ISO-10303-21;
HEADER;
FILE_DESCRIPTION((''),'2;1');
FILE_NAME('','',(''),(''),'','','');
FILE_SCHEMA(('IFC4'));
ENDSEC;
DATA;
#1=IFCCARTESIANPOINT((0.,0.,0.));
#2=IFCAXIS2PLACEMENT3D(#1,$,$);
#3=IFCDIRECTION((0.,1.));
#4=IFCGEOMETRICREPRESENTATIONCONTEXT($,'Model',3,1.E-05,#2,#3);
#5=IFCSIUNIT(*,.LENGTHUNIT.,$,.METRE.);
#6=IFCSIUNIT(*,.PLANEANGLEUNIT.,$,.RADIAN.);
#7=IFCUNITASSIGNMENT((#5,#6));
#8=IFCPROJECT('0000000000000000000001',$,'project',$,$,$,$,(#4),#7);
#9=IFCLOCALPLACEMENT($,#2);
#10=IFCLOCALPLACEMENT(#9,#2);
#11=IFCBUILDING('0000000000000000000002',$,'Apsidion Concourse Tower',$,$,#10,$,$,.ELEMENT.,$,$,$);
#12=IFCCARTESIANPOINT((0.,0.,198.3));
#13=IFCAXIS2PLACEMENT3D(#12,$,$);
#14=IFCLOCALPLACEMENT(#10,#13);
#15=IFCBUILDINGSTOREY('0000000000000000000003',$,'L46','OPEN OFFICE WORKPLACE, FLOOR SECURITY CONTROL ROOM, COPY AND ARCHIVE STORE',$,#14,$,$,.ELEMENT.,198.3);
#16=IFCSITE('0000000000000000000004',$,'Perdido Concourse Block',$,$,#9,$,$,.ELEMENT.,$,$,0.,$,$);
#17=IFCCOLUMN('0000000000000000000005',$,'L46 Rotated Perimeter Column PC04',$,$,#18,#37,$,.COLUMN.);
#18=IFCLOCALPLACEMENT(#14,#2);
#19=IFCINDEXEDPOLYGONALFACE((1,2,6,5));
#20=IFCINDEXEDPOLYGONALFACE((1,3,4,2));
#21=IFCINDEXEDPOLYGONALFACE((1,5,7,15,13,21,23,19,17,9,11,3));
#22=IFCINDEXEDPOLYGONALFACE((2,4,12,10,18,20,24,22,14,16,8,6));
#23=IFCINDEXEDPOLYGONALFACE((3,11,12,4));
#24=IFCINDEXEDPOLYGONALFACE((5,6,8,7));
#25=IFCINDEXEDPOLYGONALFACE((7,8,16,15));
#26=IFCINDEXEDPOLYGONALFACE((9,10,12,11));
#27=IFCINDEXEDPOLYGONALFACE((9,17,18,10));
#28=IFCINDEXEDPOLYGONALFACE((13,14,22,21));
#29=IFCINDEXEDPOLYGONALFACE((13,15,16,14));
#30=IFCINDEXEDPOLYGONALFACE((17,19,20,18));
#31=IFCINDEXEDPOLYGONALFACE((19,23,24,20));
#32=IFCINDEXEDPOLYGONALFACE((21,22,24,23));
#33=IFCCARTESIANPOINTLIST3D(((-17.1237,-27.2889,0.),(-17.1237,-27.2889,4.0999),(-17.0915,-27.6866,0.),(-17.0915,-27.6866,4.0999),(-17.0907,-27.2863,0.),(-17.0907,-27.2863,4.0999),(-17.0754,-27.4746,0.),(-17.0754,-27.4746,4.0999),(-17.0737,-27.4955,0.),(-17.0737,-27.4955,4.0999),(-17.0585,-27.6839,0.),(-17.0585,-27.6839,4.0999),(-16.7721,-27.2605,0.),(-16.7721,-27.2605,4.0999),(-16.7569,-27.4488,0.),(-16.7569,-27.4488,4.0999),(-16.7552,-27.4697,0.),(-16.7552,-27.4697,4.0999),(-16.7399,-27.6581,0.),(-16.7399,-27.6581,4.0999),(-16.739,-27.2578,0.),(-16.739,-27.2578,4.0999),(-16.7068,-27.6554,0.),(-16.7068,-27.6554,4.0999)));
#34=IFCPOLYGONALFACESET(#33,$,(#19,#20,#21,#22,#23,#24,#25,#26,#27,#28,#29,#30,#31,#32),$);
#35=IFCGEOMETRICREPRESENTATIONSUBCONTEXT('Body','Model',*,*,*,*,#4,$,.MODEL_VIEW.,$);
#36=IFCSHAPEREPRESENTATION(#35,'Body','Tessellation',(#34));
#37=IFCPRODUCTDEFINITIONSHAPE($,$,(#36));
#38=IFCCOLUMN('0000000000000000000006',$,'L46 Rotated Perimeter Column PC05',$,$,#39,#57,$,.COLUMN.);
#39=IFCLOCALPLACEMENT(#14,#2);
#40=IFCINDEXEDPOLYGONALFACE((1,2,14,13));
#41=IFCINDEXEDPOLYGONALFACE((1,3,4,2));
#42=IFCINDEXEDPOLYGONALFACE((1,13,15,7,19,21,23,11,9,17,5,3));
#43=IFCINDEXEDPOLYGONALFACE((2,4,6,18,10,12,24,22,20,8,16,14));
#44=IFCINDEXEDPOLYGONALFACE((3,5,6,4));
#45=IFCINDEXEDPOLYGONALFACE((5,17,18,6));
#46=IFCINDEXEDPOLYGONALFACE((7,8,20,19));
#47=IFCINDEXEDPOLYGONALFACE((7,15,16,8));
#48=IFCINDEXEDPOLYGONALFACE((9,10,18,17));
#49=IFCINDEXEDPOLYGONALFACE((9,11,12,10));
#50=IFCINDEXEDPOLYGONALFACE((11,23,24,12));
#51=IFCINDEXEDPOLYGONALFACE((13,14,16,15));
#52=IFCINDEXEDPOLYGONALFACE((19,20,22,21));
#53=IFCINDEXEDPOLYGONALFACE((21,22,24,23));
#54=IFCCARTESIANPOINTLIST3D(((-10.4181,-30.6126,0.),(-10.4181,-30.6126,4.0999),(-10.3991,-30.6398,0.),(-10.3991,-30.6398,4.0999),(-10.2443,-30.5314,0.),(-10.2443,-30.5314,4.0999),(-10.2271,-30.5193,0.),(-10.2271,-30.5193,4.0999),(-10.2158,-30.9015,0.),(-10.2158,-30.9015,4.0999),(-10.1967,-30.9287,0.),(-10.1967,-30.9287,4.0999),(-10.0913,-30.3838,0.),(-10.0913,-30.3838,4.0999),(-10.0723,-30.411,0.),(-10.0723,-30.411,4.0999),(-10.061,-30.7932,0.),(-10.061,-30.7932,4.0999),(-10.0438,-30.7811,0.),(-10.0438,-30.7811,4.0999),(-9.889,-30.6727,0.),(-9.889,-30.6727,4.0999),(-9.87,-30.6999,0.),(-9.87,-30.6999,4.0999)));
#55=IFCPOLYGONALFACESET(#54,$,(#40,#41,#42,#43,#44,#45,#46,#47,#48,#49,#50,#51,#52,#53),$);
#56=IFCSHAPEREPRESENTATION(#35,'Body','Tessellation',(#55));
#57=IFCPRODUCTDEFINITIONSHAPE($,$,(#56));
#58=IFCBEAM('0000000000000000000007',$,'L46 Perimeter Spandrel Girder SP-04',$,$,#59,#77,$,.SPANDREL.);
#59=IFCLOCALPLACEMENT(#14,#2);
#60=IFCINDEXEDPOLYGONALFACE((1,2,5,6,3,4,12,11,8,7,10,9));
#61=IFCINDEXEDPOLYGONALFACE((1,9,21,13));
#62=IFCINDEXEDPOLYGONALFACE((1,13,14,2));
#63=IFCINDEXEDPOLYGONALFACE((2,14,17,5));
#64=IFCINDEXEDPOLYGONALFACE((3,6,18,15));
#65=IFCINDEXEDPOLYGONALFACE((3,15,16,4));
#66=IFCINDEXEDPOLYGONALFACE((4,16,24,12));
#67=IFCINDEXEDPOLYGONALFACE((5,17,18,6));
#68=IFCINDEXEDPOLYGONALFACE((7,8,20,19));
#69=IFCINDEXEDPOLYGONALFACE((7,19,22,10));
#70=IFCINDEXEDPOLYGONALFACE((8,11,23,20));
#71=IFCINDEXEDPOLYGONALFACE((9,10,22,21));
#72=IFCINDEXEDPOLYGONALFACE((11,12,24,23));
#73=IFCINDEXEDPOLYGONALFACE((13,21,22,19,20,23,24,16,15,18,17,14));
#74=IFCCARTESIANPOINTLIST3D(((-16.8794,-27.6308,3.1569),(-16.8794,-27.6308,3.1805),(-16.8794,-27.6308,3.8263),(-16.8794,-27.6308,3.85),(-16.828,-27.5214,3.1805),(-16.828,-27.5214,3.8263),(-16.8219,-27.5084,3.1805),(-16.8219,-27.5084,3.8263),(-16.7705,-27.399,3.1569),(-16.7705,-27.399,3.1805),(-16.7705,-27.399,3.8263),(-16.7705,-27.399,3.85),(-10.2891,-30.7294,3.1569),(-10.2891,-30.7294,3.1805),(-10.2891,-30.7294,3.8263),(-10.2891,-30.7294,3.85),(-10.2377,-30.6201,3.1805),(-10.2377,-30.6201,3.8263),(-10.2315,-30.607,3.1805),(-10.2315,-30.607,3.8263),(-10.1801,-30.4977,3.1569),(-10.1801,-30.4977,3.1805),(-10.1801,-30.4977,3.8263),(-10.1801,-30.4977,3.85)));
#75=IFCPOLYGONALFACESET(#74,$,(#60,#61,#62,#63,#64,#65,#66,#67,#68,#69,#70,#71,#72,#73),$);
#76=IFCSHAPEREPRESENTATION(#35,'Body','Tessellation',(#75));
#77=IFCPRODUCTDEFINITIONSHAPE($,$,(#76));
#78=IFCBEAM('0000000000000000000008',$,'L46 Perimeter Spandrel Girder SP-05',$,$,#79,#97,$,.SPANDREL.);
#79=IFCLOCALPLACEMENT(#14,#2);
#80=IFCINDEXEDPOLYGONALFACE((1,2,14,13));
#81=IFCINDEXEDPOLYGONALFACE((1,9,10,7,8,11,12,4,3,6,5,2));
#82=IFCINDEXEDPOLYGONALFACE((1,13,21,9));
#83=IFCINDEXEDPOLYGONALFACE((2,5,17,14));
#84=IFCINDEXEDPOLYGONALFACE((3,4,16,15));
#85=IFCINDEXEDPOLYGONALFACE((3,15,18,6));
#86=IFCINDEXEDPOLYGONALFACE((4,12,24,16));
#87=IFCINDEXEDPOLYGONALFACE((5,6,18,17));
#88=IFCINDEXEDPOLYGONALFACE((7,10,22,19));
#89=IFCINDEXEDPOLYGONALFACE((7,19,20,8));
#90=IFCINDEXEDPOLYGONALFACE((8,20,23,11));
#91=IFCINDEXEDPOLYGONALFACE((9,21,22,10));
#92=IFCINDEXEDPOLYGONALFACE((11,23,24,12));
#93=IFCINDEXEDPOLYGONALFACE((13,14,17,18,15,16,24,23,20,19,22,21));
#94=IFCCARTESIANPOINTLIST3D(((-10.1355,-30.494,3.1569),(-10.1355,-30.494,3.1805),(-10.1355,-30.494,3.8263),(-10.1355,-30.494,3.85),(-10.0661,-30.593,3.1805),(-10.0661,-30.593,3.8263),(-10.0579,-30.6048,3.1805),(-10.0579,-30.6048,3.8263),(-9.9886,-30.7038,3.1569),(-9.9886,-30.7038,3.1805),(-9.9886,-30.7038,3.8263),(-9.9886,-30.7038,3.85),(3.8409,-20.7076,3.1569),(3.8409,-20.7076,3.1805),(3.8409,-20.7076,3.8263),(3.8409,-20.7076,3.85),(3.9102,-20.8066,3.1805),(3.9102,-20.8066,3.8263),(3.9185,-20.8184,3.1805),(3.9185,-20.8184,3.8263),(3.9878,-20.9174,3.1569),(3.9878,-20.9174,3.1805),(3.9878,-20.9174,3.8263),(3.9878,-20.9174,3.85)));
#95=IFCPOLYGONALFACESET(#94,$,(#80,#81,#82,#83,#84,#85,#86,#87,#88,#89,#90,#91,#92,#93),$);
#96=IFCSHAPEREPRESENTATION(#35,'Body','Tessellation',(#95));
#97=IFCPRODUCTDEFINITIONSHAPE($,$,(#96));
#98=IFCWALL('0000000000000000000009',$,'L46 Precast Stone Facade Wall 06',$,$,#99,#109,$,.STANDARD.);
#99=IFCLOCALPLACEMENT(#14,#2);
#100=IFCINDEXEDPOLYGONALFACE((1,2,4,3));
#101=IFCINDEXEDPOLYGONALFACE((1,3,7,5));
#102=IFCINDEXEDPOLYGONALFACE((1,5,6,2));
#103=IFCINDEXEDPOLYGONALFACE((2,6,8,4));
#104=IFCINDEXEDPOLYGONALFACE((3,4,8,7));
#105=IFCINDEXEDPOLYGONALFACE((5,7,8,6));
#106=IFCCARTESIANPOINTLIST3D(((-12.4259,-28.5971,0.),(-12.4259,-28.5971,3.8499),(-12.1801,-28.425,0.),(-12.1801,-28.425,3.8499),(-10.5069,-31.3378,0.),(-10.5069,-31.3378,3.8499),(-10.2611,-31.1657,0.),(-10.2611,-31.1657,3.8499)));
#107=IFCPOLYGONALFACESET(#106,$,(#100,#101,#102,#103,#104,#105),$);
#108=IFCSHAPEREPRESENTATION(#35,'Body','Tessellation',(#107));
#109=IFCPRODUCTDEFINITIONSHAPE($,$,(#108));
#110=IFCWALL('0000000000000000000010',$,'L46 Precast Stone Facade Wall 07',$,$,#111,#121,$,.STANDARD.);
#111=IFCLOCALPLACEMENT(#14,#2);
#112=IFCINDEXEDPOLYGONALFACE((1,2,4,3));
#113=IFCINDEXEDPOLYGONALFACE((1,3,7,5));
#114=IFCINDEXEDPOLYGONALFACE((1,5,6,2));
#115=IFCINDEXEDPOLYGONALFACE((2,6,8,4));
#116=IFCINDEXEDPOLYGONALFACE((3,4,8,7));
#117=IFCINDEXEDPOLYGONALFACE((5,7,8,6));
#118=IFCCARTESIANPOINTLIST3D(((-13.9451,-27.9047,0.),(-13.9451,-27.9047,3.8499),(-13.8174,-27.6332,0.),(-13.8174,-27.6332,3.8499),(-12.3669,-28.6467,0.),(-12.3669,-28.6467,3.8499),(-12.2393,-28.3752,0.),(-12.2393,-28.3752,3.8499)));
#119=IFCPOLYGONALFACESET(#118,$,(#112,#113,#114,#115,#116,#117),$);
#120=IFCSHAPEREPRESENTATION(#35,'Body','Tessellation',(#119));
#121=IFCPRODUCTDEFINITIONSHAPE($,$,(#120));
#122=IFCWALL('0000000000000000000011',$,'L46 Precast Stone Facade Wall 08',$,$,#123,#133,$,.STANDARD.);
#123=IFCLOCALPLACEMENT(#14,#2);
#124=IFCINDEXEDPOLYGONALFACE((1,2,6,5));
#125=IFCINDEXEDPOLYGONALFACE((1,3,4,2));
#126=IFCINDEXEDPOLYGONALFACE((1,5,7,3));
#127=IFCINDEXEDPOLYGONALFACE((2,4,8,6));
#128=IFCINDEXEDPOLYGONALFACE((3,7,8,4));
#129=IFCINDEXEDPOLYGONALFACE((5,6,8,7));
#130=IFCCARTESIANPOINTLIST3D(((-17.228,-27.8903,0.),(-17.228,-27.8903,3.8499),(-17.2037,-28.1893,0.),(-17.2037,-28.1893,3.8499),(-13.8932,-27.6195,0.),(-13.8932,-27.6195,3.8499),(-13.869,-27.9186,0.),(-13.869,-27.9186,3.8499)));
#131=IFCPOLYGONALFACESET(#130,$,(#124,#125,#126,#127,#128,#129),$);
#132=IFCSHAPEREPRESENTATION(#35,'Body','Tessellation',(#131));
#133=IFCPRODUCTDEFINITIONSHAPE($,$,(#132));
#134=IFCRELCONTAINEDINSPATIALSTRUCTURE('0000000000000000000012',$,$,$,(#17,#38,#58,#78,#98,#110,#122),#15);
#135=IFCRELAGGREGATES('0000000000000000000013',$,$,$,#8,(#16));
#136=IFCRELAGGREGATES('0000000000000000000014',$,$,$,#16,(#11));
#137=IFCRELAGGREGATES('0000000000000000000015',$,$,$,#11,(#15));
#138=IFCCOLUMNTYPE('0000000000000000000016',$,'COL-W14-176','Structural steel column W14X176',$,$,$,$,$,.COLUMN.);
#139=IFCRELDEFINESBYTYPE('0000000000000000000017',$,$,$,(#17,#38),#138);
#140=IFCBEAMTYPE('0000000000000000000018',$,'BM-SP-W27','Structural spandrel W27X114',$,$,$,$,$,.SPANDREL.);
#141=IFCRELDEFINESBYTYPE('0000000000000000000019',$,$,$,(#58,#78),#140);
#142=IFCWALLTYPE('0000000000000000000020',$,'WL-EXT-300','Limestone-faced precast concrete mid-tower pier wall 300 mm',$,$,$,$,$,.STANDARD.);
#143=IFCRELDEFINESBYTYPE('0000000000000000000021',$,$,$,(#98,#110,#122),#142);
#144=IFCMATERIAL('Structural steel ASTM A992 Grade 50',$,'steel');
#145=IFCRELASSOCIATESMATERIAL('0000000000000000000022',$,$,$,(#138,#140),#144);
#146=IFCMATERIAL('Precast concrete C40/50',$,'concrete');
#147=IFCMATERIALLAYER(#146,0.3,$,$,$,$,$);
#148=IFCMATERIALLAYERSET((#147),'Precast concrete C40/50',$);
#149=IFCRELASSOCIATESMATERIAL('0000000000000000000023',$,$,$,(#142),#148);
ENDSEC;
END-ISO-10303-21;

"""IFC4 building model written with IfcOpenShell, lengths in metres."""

from ifc_helpers import new_model, si_unit, direction, frame, frame_2d, origin, origin_2d, place, context, subcontext, project, spatial, rectangle, i_section, extrude, material, layer, layer_set, material_profile, profile_set, type_object, element, save


model = new_model("IFC4")

# Units and contexts
model_context = context("Model", 3, precision=1e-05, world=origin(), true_north=direction((0.0, 1.0)))
body_context = subcontext(model_context, "Body", "Model", "MODEL_VIEW")
ifc_project = project(units=[si_unit("LENGTHUNIT", "METRE"), si_unit("PLANEANGLEUNIT", "RADIAN")], contexts=[model_context])

# Site, building, storey
site_placement = place(None, origin())
site = spatial("IfcSite", under=ifc_project, at=site_placement, Name="Perdido Concourse Block", CompositionType="ELEMENT", RefElevation=0.0)
building_placement = place(site_placement, origin())
building = spatial("IfcBuilding", under=site, at=building_placement, Name="Apsidion Concourse Tower", CompositionType="ELEMENT")
storey_placement = place(building_placement, frame((0.0, 0.0, 198.3)))
storey = spatial("IfcBuildingStorey", under=building, at=storey_placement, Name="L46", Description="OPEN OFFICE WORKPLACE, FLOOR SECURITY CONTROL ROOM, COPY AND ARCHIVE STORE", CompositionType="ELEMENT", Elevation=198.3)

# Columns
ifc_material_1 = material(Name="Structural steel ASTM A992 Grade 50", Category="steel")
ifc_material_profile_1 = material_profile(ifc_material_1, i_section(OverallWidth=0.3989, OverallDepth=0.386, WebThickness=0.021, FlangeThickness=0.0332, at=origin_2d()), Name="W14X176")
ifc_profile_set_1 = profile_set([ifc_material_profile_1], Name="Structural steel ASTM A992 Grade 50")
column_type = type_object("IfcColumnType", Name="COL-W14-176", Description="Structural steel column W14X176", PredefinedType="COLUMN", material=ifc_profile_set_1)
for number, where, z_axis, x_axis, name in (
    (1, (-16.9153, -27.4722, 0.0), (0.0, 0.0, 1.0), (-0.080721, 0.996737, 0.0), "L46 Rotated Perimeter Column PC04"),
    (2, (-10.144, -30.6562, 0.0), (0.0, 0.0, 1.0), (0.819152, 0.573576, 0.0), "L46 Rotated Perimeter Column PC05"),
):
    element("IfcColumn", number, at=place(storey_placement, frame(where, z_axis=z_axis, x_axis=x_axis)), inside=storey, type_object=column_type, Name=name, PredefinedType="COLUMN", context=body_context, shape_type="SweptSolid", body=[
        extrude(i_section(OverallWidth=0.3989, OverallDepth=0.386, WebThickness=0.021, FlangeThickness=0.0332, at=origin_2d()), origin(), (0.0, 0.0, 1.0), 4.0999),
    ])

# Beams
ifc_material_profile_2 = material_profile(ifc_material_1, i_section(OverallWidth=0.2561, OverallDepth=0.6931, WebThickness=0.0144, FlangeThickness=0.0237, at=origin_2d()), Name="W27X114")
ifc_profile_set_2 = profile_set([ifc_material_profile_2], Name="Structural steel ASTM A992 Grade 50")
beam_type = type_object("IfcBeamType", Name="BM-SP-W27", Description="Structural spandrel W27X114", PredefinedType="SPANDREL", material=ifc_profile_set_2)
beam_1_placement = place(storey_placement, frame((-16.825, -27.5149, 3.5034), z_axis=(0.904961, -0.425493, 0.0), x_axis=(0.425493, 0.904961, 0.0)))
element("IfcBeam", 3, at=beam_1_placement, inside=storey, type_object=beam_type, Name="L46 Perimeter Spandrel Girder SP-04", PredefinedType="SPANDREL", context=body_context, shape_type="SweptSolid", body=[
    extrude(i_section(OverallWidth=0.2561, OverallDepth=0.6931, WebThickness=0.0144, FlangeThickness=0.0237, at=origin_2d()), origin(), (0.0, 0.0, 1.0), 7.2825),
])
beam_2_placement = place(storey_placement, frame((-10.062, -30.5989, 3.5034), z_axis=(0.819151, 0.573579, 0.0), x_axis=(-0.573579, 0.819151, 0.0)))
element("IfcBeam", 4, at=beam_2_placement, inside=storey, type_object=beam_type, Name="L46 Perimeter Spandrel Girder SP-05", PredefinedType="SPANDREL", context=body_context, shape_type="SweptSolid", body=[
    extrude(i_section(OverallWidth=0.2561, OverallDepth=0.6931, WebThickness=0.0144, FlangeThickness=0.0237, at=origin_2d()), origin(), (0.0, 0.0, 1.0), 17.062),
])

# Walls
ifc_material_2 = material(Name="Precast concrete C40/50", Category="concrete")
ifc_layer_1 = layer(ifc_material_2, 0.3)
ifc_layer_set_1 = layer_set([ifc_layer_1], Name="Precast concrete C40/50")
wall_type_1 = type_object("IfcWallType", Name="WL-EXT-300", Description="Limestone-faced precast concrete mid-tower pier wall 300 mm", PredefinedType="STANDARD", material=ifc_layer_set_1)
wall_1_placement = place(storey_placement, frame((-10.384, -31.2517, 0.0), z_axis=(0.0, 0.0, 1.0), x_axis=(-0.57355, 0.81917, 0.0)))
element("IfcWall", 5, at=wall_1_placement, inside=storey, type_object=wall_type_1, Name="L46 Precast Stone Facade Wall 06", PredefinedType="STANDARD", context=body_context, shape_type="SweptSolid", body=[
    extrude(rectangle(XDim=3.3457, YDim=0.3, at=frame_2d((1.6729, 0.0))), origin(), (0.0, 0.0, 1.0), 3.8499),
])
wall_2_placement = place(storey_placement, frame((-12.303, -28.511, 0.0), z_axis=(0.0, 0.0, 1.0), x_axis=(-0.904974, 0.425467, 0.0)))
element("IfcWall", 6, at=wall_2_placement, inside=storey, type_object=wall_type_1, Name="L46 Precast Stone Facade Wall 07", PredefinedType="STANDARD", context=body_context, shape_type="SweptSolid", body=[
    extrude(rectangle(XDim=1.7439, YDim=0.3, at=frame_2d((0.8721, 0.0))), origin(), (0.0, 0.0, 1.0), 3.8499),
])
wall_3_placement = place(storey_placement, frame((-13.8811, -27.769, 0.0), z_axis=(0.0, 0.0, 1.0), x_axis=(-0.99672, -0.080926, 0.0)))
element("IfcWall", 7, at=wall_3_placement, inside=storey, type_object=wall_type_1, Name="L46 Precast Stone Facade Wall 08", PredefinedType="STANDARD", context=body_context, shape_type="SweptSolid", body=[
    extrude(rectangle(XDim=3.3457, YDim=0.3, at=frame_2d((1.6729, 0.0))), origin(), (0.0, 0.0, 1.0), 3.8499),
])

save(model, "model.ifc")
